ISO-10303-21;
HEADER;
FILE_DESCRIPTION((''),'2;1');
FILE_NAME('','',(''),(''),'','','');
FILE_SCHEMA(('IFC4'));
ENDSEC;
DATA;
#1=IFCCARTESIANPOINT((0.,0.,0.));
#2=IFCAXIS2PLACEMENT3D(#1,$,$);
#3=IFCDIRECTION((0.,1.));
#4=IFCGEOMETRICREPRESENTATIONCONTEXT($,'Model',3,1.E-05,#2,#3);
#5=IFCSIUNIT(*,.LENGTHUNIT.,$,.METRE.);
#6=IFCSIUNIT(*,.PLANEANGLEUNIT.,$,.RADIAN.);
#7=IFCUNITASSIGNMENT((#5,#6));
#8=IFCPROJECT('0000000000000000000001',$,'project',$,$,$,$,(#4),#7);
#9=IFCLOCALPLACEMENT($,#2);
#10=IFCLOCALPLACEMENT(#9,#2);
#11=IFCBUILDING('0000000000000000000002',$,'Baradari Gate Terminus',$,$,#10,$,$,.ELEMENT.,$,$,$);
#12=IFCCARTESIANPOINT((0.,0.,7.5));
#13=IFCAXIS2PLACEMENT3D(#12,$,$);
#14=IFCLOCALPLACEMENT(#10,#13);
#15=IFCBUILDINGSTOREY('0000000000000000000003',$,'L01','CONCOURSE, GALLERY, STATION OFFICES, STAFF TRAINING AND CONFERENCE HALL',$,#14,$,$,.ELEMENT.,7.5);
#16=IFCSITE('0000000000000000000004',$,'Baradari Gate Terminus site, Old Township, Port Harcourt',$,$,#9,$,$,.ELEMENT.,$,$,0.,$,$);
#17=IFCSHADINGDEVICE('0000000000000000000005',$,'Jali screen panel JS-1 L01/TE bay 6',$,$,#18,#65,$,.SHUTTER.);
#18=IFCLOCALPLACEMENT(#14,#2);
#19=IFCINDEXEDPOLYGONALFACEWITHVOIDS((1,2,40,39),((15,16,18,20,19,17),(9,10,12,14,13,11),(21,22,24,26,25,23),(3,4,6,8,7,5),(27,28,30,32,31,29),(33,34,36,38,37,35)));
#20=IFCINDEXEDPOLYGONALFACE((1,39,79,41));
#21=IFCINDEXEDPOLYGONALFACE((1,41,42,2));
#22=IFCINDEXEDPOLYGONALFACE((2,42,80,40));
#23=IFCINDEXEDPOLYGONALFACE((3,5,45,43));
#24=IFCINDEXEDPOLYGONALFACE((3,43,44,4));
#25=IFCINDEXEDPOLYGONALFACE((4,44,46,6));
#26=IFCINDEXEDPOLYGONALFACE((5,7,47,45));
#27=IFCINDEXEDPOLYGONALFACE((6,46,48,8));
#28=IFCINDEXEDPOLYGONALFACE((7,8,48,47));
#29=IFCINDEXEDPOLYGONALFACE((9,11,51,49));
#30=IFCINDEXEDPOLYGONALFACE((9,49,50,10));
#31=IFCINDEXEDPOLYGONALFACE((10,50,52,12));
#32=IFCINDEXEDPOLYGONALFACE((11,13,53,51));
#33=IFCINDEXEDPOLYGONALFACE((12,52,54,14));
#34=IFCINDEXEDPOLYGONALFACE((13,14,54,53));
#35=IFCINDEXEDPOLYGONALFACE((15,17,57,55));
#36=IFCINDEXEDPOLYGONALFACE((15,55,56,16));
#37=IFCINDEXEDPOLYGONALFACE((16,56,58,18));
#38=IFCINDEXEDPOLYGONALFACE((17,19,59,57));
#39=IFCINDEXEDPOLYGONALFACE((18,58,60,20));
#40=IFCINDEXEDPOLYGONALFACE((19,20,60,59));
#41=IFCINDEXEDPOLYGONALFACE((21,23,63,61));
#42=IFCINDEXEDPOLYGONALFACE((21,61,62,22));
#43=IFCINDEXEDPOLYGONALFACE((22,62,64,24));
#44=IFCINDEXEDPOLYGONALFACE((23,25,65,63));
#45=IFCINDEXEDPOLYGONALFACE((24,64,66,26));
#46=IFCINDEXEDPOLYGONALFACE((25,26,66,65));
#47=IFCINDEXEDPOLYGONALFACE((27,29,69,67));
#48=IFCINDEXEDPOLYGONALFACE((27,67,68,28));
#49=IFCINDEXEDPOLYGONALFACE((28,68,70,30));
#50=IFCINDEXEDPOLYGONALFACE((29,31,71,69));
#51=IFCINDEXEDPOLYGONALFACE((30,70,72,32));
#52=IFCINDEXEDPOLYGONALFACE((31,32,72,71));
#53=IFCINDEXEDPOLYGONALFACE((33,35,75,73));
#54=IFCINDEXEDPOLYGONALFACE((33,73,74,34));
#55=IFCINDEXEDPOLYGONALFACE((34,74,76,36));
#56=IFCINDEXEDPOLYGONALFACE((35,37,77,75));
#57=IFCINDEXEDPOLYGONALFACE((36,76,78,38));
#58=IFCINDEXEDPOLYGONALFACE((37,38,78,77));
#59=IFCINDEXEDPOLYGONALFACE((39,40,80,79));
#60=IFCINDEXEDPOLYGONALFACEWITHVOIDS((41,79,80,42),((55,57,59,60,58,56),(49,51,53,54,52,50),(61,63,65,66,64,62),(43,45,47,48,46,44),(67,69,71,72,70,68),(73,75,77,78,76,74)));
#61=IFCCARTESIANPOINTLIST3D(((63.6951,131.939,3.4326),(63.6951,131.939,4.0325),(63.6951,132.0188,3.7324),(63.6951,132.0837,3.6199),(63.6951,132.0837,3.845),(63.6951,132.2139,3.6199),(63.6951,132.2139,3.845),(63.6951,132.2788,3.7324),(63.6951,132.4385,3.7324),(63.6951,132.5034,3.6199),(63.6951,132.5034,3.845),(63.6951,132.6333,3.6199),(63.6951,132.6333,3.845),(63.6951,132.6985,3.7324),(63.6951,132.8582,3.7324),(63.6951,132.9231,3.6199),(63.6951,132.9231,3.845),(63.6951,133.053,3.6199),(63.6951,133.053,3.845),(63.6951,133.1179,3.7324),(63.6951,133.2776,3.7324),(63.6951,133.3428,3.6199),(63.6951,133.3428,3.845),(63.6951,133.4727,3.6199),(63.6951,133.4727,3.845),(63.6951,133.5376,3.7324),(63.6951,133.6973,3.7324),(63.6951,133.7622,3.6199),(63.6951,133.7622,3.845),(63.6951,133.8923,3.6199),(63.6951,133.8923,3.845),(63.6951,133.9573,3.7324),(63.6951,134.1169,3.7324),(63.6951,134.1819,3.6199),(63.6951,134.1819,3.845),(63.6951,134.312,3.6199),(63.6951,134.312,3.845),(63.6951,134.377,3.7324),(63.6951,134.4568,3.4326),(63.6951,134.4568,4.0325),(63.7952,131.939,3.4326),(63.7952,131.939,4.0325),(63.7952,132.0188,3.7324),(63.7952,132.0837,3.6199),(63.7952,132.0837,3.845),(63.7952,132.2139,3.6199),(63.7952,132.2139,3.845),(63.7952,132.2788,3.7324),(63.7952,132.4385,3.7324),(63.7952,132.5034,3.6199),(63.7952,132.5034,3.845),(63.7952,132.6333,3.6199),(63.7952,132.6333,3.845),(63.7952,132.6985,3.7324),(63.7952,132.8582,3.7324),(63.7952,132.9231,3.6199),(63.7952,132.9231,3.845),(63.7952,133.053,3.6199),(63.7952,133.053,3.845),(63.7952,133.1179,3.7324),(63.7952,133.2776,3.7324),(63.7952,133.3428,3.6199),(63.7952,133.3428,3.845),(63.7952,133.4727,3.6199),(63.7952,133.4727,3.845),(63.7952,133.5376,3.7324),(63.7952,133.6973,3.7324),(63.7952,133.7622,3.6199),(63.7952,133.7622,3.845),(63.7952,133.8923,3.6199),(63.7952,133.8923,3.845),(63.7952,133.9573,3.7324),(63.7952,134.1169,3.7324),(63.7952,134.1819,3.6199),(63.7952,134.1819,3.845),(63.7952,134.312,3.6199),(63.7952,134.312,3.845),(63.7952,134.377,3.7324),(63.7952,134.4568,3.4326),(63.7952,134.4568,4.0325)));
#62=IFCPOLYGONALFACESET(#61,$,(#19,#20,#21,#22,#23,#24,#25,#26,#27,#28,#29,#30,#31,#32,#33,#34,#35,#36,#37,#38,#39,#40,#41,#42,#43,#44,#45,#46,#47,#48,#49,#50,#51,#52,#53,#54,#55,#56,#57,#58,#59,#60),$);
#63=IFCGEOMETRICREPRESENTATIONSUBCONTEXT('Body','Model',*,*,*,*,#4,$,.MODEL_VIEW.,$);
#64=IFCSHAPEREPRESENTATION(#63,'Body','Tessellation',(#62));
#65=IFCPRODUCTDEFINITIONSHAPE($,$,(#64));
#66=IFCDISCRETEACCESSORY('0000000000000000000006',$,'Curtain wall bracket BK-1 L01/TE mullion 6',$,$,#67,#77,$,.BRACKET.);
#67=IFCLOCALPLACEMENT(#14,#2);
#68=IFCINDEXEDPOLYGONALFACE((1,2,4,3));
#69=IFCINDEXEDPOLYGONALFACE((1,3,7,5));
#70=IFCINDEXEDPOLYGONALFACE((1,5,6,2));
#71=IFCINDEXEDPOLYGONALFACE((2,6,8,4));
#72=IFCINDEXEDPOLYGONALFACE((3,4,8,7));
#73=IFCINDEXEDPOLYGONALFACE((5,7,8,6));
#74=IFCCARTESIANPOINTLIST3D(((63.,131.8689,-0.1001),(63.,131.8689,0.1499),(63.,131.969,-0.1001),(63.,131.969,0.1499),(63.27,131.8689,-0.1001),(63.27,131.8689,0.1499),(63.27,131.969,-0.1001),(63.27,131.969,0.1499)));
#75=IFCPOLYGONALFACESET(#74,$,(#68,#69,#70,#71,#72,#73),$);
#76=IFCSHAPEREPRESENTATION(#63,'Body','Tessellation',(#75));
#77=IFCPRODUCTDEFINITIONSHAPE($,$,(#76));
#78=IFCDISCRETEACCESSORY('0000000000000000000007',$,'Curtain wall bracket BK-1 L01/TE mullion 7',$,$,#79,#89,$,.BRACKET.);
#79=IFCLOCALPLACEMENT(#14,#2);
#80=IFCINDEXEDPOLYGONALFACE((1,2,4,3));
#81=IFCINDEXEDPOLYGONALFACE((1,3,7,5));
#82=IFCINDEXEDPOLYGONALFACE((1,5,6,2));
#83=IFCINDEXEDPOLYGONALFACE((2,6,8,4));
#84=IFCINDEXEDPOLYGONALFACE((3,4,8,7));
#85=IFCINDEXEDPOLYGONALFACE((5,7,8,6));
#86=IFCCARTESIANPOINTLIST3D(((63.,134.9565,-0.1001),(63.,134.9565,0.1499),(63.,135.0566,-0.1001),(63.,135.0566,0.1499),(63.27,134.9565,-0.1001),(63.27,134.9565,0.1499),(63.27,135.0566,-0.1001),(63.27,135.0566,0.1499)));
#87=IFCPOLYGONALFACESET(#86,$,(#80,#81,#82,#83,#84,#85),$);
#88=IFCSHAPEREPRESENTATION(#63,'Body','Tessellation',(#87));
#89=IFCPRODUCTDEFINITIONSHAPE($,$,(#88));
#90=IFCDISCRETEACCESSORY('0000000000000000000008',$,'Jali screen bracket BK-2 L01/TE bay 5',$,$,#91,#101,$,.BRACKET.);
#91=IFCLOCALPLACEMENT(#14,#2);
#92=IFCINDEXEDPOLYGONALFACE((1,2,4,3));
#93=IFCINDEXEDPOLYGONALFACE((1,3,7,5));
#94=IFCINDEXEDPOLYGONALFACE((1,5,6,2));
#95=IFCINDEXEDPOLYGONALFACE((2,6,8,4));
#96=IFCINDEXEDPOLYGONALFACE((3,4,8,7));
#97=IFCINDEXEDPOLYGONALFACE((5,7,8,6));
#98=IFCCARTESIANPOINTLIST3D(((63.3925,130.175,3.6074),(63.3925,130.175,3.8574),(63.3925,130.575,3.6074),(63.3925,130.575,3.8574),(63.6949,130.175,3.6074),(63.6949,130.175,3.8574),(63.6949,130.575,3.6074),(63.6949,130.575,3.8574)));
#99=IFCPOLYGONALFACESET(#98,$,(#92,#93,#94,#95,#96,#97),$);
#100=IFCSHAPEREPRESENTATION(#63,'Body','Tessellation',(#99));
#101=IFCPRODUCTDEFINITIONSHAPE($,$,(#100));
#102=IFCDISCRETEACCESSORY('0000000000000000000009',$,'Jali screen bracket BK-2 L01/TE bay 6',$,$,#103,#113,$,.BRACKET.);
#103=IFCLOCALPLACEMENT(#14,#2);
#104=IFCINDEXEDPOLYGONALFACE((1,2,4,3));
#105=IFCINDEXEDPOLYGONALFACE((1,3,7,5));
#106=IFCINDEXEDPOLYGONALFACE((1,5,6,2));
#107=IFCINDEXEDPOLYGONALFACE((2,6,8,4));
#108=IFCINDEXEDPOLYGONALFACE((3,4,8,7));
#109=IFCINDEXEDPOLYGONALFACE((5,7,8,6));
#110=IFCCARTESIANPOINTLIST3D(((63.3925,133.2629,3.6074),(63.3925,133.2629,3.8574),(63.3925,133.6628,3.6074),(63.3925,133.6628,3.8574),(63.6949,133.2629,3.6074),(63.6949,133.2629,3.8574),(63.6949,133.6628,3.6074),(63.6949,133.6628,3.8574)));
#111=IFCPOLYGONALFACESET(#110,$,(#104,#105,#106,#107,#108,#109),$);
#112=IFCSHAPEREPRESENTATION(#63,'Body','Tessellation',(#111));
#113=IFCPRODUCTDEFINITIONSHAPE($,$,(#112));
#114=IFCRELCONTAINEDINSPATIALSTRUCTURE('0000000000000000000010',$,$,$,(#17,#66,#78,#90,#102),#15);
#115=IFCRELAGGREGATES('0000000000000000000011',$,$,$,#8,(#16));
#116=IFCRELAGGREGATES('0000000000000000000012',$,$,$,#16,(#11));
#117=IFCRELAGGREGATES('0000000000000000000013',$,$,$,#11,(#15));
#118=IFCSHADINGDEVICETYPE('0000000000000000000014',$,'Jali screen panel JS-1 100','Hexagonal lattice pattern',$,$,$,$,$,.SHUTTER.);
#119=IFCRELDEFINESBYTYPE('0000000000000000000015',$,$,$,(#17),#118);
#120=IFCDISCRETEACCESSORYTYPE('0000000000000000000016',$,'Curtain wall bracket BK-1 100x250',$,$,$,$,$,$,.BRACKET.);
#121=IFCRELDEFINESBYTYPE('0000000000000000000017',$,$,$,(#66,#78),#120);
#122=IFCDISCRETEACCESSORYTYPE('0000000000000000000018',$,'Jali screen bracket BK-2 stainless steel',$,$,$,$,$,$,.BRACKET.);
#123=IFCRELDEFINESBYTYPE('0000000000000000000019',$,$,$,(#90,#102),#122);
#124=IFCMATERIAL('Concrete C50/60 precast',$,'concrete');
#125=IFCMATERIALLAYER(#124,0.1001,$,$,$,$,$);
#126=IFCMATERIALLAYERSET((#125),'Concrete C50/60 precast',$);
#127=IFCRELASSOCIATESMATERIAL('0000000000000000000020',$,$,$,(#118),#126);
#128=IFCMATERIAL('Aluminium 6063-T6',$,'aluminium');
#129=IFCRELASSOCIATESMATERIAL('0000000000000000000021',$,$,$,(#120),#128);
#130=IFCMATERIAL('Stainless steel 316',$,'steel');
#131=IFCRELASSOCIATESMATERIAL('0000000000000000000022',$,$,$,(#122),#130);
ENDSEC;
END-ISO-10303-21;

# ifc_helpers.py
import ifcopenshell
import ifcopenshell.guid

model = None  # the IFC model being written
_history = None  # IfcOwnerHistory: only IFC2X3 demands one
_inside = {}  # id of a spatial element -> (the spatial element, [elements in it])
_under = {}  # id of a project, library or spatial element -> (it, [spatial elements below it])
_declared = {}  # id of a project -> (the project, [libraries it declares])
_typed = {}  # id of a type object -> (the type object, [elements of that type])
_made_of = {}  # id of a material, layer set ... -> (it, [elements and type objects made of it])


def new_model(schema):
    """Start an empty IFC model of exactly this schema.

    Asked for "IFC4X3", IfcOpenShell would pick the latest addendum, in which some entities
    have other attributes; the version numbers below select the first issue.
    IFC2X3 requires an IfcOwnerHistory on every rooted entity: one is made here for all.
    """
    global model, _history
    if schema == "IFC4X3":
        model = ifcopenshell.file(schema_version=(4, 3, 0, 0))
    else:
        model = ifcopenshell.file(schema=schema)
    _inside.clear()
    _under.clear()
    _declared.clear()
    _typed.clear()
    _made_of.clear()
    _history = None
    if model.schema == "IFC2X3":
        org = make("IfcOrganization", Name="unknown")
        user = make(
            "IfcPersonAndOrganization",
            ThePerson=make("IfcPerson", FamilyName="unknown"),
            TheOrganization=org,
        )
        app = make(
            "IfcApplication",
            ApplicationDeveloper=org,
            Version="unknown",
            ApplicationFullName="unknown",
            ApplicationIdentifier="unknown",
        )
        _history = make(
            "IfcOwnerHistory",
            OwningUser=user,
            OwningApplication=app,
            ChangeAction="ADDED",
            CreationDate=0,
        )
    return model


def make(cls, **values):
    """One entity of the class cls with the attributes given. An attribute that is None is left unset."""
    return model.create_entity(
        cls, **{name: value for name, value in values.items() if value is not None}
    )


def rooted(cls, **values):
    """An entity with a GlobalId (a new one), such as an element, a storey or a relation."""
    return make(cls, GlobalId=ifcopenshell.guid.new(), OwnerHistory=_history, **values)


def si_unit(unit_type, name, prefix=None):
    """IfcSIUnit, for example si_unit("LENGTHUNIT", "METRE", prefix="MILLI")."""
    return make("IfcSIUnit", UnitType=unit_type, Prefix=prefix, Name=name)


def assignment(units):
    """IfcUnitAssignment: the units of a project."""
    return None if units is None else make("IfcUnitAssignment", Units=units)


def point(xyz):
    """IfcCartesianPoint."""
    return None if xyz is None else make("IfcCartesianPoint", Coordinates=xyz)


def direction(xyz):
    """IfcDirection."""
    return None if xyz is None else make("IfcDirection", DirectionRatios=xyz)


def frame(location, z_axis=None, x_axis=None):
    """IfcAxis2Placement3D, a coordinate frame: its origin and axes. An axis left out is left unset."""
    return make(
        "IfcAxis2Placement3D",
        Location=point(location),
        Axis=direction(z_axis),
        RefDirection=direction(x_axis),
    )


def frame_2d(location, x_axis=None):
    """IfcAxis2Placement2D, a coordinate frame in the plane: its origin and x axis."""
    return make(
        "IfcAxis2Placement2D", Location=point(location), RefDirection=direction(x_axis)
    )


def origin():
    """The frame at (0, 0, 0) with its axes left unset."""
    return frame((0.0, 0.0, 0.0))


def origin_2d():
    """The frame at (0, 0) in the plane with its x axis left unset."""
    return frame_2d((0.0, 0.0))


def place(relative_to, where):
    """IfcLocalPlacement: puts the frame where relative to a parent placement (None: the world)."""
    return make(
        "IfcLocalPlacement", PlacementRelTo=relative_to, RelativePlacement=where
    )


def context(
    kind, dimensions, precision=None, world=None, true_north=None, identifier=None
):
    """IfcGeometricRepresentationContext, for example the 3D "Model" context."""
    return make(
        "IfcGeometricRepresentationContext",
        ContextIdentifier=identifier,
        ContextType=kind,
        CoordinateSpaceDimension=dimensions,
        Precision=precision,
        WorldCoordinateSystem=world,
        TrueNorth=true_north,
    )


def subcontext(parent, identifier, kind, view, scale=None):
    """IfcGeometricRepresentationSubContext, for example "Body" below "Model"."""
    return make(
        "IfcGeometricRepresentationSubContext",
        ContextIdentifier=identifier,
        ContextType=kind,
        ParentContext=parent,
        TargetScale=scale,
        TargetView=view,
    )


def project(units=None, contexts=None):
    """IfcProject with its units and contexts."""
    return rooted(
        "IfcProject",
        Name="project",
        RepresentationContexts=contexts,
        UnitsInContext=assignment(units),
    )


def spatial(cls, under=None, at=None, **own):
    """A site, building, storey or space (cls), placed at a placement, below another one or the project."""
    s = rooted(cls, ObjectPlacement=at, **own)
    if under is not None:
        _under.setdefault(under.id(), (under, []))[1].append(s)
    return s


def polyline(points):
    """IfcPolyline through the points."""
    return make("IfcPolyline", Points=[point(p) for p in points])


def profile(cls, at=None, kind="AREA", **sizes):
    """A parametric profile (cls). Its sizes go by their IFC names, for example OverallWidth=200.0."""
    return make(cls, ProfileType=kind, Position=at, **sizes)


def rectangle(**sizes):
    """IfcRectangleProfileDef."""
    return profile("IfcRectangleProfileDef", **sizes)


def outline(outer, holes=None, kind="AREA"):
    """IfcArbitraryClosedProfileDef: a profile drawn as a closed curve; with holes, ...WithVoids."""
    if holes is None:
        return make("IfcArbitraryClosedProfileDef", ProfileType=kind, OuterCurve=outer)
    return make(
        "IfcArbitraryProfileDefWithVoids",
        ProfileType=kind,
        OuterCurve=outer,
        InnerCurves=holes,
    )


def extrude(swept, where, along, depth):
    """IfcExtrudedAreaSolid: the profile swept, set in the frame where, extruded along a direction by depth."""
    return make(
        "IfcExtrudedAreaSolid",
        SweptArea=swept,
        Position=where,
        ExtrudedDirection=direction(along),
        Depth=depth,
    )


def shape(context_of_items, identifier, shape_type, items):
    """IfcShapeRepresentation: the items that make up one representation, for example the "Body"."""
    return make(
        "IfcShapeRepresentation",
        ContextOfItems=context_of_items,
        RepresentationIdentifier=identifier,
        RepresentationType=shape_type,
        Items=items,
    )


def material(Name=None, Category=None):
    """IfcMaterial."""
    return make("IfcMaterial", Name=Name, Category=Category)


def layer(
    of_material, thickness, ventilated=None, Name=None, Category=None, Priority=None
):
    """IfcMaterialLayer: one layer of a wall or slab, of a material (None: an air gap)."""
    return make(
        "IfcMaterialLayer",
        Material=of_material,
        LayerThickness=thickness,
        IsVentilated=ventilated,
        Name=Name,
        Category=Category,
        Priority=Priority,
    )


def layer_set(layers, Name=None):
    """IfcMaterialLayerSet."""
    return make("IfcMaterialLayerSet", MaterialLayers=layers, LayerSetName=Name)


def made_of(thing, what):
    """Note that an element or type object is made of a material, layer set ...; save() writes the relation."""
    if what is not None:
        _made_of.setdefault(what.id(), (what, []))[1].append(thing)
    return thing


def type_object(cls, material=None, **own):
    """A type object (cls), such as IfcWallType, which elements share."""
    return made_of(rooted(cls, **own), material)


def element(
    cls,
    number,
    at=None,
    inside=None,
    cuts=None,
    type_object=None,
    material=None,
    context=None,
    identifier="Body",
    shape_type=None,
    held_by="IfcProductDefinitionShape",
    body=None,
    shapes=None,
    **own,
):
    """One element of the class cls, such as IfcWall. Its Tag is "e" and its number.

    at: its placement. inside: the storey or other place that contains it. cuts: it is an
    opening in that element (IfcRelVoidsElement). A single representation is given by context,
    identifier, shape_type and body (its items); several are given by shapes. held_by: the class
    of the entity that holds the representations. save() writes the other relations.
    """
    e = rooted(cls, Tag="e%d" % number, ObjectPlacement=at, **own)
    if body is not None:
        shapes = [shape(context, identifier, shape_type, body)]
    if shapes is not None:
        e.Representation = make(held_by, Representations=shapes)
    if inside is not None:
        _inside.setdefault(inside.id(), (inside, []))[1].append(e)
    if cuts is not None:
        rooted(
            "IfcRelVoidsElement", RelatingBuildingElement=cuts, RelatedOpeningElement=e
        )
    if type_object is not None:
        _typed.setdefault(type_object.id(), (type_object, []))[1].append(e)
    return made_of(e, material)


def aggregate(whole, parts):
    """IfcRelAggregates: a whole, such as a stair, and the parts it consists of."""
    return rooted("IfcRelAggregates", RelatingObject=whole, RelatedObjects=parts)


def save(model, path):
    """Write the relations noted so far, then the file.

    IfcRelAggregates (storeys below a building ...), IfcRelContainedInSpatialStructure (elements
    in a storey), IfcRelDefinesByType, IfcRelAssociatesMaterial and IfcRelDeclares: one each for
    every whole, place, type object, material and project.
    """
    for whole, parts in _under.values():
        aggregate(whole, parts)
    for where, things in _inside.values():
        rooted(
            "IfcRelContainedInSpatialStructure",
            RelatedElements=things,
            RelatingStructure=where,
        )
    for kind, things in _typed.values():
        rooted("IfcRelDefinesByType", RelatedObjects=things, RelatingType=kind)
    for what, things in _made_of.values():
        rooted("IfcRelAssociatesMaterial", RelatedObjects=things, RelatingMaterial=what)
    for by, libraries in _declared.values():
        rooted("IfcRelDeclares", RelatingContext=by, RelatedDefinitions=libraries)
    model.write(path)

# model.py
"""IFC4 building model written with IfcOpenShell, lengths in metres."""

from ifc_helpers import new_model, si_unit, direction, frame, origin, origin_2d, place, context, subcontext, project, spatial, polyline, rectangle, outline, extrude, material, layer, layer_set, type_object, element, save


model = new_model("IFC4")

# Units and contexts
model_context = context("Model", 3, precision=1e-05, world=origin(), true_north=direction((0.0, 1.0)))
body_context = subcontext(model_context, "Body", "Model", "MODEL_VIEW")
ifc_project = project(units=[si_unit("LENGTHUNIT", "METRE"), si_unit("PLANEANGLEUNIT", "RADIAN")], contexts=[model_context])

# Site, building, storey
site_placement = place(None, origin())
site = spatial("IfcSite", under=ifc_project, at=site_placement, Name="Baradari Gate Terminus site, Old Township, Port Harcourt", CompositionType="ELEMENT", RefElevation=0.0)
building_placement = place(site_placement, origin())
building = spatial("IfcBuilding", under=site, at=building_placement, Name="Baradari Gate Terminus", CompositionType="ELEMENT")
storey_placement = place(building_placement, frame((0.0, 0.0, 7.5)))
storey = spatial("IfcBuildingStorey", under=building, at=storey_placement, Name="L01", Description="CONCOURSE, GALLERY, STATION OFFICES, STAFF TRAINING AND CONFERENCE HALL", CompositionType="ELEMENT", Elevation=7.5)

# Shading device
ifc_material_1 = material(Name="Concrete C50/60 precast", Category="concrete")
ifc_layer_1 = layer(ifc_material_1, 0.1001)
ifc_layer_set_1 = layer_set([ifc_layer_1], Name="Concrete C50/60 precast")
shading_device_type = type_object("IfcShadingDeviceType", Name="Jali screen panel JS-1 100", Description="Hexagonal lattice pattern", PredefinedType="SHUTTER", material=ifc_layer_set_1)
shading_device_placement = place(storey_placement, frame((63.7451, 131.939, 3.4326), z_axis=(0.0, 0.0, 1.0), x_axis=(0.0, 1.0, 0.0)))
element("IfcShadingDevice", 1, at=shading_device_placement, inside=storey, type_object=shading_device_type, Name="Jali screen panel JS-1 L01/TE bay 6", PredefinedType="SHUTTER", context=body_context, shape_type="SweptSolid", body=[
    extrude(outline(polyline([(0.0, 0.0), (2.5178, 0.0), (2.5178, 0.5999), (0.0, 0.5999), (0.0, 0.0)]), holes=[polyline([(0.3398, 0.2998), (0.2749, 0.1873), (0.1448, 0.1873), (0.0798, 0.2998), (0.1448, 0.4124), (0.2749, 0.4124), (0.3398, 0.2998)]), polyline([(0.7595, 0.2998), (0.6943, 0.1873), (0.5645, 0.1873), (0.4995, 0.2998), (0.5645, 0.4124), (0.6943, 0.4124), (0.7595, 0.2998)]), polyline([(1.179, 0.2998), (1.114, 0.1873), (0.9841, 0.1873), (0.9192, 0.2998), (0.9841, 0.4124), (1.114, 0.4124), (1.179, 0.2998)]), polyline([(1.5986, 0.2998), (1.5337, 0.1873), (1.4038, 0.1873), (1.3386, 0.2998), (1.4038, 0.4124), (1.5337, 0.4124), (1.5986, 0.2998)]), polyline([(2.0183, 0.2998), (1.9534, 0.1873), (1.8232, 0.1873), (1.7583, 0.2998), (1.8232, 0.4124), (1.9534, 0.4124), (2.0183, 0.2998)]), polyline([(2.438, 0.2998), (2.373, 0.1873), (2.2429, 0.1873), (2.178, 0.2998), (2.2429, 0.4124), (2.373, 0.4124), (2.438, 0.2998)])]), frame((0.0, 0.05, 0.0), z_axis=(0.0, -1.0, 0.0), x_axis=(1.0, 0.0, 0.0)), (0.0, 0.0, 1.0), 0.1001),
])

# Discrete accessories
ifc_material_2 = material(Name="Aluminium 6063-T6", Category="aluminium")
discrete_accessory_type_1 = type_object("IfcDiscreteAccessoryType", Name="Curtain wall bracket BK-1 100x250", PredefinedType="BRACKET", material=ifc_material_2)
for number, where, z_axis, x_axis, name in (
    (2, (63.135, 131.9189, -0.1001), (0.0, 0.0, 1.0), (1.0, 0.0, 0.0), "Curtain wall bracket BK-1 L01/TE mullion 6"),
    (3, (63.135, 135.0066, -0.1001), (0.0, 0.0, 1.0), (1.0, 0.0, 0.0), "Curtain wall bracket BK-1 L01/TE mullion 7"),
):
    element("IfcDiscreteAccessory", number, at=place(storey_placement, frame(where, z_axis=z_axis, x_axis=x_axis)), inside=storey, type_object=discrete_accessory_type_1, Name=name, PredefinedType="BRACKET", context=body_context, shape_type="SweptSolid", body=[
        extrude(rectangle(XDim=0.27, YDim=0.1001, at=origin_2d()), origin(), (0.0, 0.0, 1.0), 0.25),
    ])
ifc_material_3 = material(Name="Stainless steel 316", Category="steel")
discrete_accessory_type_2 = type_object("IfcDiscreteAccessoryType", Name="Jali screen bracket BK-2 stainless steel", PredefinedType="BRACKET", material=ifc_material_3)
for number, where, z_axis, x_axis, name in (
    (4, (63.5437, 130.375, 3.6074), (0.0, 0.0, 1.0), (1.0, 0.0, 0.0), "Jali screen bracket BK-2 L01/TE bay 5"),
    (5, (63.5437, 133.4629, 3.6074), (0.0, 0.0, 1.0), (1.0, 0.0, 0.0), "Jali screen bracket BK-2 L01/TE bay 6"),
):
    element("IfcDiscreteAccessory", number, at=place(storey_placement, frame(where, z_axis=z_axis, x_axis=x_axis)), inside=storey, type_object=discrete_accessory_type_2, Name=name, PredefinedType="BRACKET", context=body_context, shape_type="SweptSolid", body=[
        extrude(rectangle(XDim=0.3025, YDim=0.3999, at=origin_2d()), origin(), (0.0, 0.0, 1.0), 0.25),
    ])

save(model, "model.ifc")
